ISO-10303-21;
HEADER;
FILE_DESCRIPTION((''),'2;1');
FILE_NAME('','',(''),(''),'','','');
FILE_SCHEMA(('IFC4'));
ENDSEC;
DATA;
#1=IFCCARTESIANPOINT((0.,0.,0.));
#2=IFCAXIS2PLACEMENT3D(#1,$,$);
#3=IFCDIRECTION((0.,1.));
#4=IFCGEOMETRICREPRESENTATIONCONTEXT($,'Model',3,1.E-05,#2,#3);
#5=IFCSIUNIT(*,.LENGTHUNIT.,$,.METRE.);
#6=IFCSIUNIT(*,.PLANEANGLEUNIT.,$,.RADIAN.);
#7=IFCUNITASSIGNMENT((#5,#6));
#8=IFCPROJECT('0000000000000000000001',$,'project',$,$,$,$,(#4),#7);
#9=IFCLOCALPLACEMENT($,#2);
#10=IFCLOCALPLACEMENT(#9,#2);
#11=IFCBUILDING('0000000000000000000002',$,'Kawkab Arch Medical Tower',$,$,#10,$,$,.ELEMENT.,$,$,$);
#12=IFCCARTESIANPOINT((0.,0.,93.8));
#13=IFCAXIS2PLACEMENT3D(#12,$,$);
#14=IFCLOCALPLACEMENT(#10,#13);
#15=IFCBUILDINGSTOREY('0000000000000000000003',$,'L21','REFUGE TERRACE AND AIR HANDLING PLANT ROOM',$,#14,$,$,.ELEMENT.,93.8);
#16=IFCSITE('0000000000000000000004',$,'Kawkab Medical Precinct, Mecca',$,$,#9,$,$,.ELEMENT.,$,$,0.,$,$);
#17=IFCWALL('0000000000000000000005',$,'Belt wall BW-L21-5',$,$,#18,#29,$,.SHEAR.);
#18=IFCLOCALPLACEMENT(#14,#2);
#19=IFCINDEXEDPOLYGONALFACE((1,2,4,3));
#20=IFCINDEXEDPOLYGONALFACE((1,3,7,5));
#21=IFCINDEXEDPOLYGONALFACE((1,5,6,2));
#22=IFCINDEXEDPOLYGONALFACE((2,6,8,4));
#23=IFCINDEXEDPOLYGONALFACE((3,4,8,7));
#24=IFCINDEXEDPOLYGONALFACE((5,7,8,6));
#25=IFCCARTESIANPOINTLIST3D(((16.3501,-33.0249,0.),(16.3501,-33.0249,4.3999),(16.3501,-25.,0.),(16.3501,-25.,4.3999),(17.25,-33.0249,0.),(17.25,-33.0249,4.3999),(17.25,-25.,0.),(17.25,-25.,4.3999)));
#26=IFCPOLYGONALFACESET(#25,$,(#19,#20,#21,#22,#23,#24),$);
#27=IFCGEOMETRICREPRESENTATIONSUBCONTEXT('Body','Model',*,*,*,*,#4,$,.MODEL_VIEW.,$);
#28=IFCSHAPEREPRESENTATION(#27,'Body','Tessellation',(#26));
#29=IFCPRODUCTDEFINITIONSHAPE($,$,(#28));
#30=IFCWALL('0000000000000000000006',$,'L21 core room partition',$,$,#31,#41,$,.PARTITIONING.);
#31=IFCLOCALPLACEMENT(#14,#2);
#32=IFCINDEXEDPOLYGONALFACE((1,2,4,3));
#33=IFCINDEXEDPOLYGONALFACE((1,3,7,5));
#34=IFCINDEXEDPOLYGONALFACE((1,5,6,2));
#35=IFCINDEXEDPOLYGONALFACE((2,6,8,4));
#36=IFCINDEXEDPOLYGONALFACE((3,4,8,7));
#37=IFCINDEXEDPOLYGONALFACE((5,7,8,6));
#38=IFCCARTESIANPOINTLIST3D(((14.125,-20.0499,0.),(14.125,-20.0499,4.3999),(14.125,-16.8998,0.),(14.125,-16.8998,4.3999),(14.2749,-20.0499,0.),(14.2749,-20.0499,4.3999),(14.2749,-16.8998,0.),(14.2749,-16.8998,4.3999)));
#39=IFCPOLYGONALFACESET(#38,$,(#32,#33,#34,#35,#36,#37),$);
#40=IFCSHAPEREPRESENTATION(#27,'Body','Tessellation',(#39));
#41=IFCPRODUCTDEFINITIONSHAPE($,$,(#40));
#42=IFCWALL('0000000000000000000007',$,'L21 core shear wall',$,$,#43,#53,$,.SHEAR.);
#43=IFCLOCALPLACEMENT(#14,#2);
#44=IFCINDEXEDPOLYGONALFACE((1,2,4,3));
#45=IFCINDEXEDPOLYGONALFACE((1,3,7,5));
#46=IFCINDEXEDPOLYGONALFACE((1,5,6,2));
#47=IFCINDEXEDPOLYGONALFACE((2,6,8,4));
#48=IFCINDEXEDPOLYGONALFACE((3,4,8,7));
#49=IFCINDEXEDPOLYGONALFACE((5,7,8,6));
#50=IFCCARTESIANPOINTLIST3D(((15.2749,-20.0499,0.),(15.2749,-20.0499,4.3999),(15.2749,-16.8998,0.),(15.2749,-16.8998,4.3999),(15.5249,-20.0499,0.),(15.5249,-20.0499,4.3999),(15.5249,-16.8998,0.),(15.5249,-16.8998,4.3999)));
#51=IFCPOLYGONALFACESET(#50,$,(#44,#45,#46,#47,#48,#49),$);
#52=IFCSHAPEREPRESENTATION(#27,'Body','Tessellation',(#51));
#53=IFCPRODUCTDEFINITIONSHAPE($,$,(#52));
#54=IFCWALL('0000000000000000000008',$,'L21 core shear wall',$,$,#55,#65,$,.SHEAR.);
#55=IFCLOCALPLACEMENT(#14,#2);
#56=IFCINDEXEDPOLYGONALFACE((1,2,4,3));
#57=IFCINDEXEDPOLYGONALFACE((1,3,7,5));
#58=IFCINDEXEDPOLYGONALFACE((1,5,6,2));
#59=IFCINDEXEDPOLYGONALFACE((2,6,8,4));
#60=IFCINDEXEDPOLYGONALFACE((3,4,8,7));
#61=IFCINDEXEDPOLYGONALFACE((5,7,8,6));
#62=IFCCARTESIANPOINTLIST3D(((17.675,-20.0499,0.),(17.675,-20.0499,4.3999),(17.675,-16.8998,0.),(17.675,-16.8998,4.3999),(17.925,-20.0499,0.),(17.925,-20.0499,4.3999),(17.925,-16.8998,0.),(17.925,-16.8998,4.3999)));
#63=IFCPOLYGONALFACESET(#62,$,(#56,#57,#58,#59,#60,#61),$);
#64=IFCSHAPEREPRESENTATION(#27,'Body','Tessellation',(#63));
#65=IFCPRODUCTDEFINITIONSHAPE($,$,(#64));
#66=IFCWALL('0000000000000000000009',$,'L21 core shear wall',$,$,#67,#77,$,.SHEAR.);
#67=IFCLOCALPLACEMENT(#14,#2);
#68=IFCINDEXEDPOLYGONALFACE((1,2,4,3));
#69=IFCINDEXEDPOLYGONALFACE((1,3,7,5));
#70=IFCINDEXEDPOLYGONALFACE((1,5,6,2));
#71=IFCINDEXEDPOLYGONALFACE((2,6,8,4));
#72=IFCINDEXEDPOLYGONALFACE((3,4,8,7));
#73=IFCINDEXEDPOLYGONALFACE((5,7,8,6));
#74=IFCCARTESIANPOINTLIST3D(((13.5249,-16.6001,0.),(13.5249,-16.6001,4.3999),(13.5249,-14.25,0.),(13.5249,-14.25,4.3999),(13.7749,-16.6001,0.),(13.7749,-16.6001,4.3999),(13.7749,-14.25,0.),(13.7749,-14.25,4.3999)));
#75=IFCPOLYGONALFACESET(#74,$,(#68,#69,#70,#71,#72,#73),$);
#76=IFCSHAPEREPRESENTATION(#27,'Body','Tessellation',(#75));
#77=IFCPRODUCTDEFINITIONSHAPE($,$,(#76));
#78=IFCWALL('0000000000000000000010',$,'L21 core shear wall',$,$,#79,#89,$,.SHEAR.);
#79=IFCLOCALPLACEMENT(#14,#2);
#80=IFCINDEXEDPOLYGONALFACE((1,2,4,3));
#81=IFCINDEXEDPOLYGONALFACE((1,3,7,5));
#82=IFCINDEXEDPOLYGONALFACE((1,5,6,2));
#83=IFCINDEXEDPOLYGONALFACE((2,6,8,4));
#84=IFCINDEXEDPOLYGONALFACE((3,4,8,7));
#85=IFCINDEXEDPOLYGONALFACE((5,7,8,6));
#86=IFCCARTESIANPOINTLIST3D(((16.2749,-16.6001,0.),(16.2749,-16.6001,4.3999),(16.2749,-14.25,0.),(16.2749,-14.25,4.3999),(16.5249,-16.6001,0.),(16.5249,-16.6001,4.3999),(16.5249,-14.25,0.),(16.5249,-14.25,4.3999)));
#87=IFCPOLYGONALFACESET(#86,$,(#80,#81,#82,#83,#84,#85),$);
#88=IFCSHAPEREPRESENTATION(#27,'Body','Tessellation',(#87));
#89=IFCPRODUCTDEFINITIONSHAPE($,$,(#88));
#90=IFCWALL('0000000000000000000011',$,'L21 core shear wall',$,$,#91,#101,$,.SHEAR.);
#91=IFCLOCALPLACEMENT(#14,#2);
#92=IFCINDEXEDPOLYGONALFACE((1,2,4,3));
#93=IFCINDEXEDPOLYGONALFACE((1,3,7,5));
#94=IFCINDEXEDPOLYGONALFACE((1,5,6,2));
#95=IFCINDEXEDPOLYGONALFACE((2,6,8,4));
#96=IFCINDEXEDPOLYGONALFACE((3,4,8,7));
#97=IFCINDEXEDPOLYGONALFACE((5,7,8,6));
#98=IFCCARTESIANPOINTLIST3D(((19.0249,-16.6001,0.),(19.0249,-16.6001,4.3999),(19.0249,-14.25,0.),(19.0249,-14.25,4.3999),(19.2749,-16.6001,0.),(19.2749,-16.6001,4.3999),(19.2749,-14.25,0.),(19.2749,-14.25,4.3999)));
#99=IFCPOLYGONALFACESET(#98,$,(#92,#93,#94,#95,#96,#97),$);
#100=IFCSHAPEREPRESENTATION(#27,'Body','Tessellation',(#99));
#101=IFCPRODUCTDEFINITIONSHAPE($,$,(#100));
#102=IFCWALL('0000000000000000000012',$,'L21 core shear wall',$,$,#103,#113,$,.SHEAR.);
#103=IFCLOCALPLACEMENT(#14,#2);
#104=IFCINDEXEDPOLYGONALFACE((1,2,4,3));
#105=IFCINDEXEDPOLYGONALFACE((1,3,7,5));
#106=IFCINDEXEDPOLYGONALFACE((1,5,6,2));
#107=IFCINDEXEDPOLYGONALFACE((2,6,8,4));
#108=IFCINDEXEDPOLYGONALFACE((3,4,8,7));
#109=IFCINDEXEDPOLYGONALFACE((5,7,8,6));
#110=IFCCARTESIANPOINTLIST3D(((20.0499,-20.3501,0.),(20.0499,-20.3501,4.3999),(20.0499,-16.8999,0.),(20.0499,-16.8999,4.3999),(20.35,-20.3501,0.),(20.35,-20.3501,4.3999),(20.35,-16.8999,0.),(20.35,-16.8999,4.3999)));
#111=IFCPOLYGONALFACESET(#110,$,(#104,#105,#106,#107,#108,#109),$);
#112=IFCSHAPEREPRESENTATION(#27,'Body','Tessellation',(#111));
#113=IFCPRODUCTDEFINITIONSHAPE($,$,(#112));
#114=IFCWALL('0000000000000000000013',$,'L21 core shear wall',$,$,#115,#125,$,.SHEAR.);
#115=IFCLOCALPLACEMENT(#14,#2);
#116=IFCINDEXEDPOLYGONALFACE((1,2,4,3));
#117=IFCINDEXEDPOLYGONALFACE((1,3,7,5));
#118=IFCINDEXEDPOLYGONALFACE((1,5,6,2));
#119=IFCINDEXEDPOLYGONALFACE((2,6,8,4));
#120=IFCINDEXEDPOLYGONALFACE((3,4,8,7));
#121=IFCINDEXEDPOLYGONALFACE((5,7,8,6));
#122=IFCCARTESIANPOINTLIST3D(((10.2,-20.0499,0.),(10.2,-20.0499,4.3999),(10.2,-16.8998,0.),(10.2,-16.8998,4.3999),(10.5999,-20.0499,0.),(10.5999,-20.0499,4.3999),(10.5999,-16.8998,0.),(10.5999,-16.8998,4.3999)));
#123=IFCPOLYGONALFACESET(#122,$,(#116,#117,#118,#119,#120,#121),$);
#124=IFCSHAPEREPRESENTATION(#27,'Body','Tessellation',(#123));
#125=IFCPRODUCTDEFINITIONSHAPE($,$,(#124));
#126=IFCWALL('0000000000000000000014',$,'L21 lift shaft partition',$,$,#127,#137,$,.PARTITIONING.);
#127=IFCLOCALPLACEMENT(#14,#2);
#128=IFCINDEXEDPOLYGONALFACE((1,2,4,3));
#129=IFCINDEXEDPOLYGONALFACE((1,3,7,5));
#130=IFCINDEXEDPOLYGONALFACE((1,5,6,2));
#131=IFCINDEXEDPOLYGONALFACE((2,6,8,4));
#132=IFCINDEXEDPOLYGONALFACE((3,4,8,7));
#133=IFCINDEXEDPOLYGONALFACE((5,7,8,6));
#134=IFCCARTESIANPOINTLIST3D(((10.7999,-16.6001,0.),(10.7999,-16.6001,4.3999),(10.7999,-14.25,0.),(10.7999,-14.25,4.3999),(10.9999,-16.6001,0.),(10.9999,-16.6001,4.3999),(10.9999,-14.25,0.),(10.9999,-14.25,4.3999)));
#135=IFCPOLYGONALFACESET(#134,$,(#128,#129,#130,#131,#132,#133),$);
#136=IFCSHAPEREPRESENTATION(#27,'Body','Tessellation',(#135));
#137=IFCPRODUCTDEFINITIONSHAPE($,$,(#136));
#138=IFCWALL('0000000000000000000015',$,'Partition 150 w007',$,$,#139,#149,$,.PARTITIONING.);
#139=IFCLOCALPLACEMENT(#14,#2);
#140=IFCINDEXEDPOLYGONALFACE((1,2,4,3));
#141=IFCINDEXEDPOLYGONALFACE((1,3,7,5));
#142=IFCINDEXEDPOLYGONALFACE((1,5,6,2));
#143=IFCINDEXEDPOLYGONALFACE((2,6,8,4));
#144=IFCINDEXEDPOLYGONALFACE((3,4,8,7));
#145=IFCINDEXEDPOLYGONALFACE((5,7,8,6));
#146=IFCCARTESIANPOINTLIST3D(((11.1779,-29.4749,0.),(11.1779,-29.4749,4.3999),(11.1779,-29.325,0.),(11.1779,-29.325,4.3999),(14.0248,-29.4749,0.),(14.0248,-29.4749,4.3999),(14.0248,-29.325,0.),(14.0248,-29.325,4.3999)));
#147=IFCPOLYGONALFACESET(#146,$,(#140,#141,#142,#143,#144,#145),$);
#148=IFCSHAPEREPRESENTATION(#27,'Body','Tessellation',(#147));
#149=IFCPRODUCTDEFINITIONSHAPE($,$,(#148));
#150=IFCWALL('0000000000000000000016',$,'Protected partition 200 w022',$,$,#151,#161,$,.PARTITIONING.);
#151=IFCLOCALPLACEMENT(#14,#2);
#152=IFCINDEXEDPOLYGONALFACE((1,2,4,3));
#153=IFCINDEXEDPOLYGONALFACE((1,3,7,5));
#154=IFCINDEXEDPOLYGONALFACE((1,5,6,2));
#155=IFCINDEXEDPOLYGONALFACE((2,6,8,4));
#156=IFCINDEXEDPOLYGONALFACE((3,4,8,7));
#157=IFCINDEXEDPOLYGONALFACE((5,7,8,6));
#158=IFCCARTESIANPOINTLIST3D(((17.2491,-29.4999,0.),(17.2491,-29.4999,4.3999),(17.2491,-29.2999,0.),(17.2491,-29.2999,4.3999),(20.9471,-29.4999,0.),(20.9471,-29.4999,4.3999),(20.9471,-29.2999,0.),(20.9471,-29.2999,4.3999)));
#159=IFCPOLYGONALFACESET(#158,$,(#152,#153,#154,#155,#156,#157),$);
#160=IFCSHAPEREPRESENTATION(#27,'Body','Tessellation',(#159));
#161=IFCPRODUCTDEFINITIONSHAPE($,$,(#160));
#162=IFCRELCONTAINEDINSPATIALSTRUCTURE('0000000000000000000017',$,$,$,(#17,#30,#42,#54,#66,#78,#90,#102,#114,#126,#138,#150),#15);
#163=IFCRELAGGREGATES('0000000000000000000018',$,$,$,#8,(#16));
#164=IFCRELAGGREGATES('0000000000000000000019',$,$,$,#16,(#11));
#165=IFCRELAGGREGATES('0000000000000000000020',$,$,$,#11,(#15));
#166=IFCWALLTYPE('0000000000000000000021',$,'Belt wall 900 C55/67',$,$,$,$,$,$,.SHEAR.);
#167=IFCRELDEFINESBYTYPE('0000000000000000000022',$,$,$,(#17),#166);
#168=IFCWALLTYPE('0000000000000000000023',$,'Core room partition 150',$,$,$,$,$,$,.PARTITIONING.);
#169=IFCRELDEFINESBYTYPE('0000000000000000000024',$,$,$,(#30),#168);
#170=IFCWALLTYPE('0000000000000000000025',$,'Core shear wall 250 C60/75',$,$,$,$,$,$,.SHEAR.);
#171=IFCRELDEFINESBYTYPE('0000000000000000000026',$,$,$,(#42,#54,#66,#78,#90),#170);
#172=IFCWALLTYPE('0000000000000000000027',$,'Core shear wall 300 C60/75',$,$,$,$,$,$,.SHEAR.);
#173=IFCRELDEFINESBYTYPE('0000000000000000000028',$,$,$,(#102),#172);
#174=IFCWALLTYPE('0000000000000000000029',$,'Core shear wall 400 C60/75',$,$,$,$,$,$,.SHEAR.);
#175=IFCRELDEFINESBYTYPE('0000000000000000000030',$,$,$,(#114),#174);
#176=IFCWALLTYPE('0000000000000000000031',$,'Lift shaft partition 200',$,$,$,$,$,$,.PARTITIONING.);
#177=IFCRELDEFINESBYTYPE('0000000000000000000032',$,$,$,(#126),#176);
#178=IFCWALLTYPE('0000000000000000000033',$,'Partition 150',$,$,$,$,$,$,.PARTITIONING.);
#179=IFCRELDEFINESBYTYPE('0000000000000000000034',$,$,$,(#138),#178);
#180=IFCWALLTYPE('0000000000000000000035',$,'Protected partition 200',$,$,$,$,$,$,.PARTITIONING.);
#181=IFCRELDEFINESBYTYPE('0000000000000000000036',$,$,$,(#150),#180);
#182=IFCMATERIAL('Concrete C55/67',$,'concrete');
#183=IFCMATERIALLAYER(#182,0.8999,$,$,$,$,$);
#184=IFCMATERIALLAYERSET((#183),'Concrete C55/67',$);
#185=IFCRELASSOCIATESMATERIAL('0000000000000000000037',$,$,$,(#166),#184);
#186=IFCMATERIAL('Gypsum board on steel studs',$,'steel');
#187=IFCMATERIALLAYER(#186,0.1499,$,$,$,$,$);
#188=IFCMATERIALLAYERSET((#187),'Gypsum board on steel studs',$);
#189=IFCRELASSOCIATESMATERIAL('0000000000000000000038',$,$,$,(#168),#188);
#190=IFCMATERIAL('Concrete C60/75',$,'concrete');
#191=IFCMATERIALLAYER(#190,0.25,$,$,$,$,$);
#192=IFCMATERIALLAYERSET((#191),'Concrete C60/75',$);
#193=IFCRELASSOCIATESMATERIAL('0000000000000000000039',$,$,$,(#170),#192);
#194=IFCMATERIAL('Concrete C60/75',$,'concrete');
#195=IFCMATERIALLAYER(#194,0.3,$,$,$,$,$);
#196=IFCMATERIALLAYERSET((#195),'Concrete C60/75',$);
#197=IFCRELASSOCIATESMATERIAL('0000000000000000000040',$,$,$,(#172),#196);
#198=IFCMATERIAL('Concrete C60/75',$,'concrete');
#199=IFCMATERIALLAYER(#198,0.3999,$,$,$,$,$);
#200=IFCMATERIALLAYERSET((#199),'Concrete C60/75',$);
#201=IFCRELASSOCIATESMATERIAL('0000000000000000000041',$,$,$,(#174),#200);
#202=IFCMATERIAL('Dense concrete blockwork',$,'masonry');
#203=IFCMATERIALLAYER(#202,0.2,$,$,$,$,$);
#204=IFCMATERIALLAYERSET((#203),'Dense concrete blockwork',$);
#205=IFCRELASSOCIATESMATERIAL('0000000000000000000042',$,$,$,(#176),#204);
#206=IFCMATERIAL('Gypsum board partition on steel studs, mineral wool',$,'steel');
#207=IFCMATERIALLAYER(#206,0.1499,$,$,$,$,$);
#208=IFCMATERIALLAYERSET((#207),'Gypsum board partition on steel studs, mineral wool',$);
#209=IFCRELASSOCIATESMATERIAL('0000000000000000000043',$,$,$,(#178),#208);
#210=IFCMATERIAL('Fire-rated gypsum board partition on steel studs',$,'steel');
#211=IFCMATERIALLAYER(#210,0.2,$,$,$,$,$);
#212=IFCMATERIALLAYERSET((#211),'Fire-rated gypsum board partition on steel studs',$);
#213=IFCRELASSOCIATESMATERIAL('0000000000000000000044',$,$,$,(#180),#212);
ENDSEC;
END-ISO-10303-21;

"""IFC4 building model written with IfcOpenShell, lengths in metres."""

from ifc_helpers import new_model, si_unit, direction, frame, frame_2d, origin, place, context, subcontext, project, spatial, rectangle, extrude, material, layer, layer_set, type_object, element, save


model = new_model("IFC4")

# Units and contexts
model_context = context("Model", 3, precision=1e-05, world=origin(), true_north=direction((0.0, 1.0)))
body_context = subcontext(model_context, "Body", "Model", "MODEL_VIEW")
ifc_project = project(units=[si_unit("LENGTHUNIT", "METRE"), si_unit("PLANEANGLEUNIT", "RADIAN")], contexts=[model_context])

# Site, building, storey
site_placement = place(None, origin())
site = spatial("IfcSite", under=ifc_project, at=site_placement, Name="Kawkab Medical Precinct, Mecca", CompositionType="ELEMENT", RefElevation=0.0)
building_placement = place(site_placement, origin())
building = spatial("IfcBuilding", under=site, at=building_placement, Name="Kawkab Arch Medical Tower", CompositionType="ELEMENT")
storey_placement = place(building_placement, frame((0.0, 0.0, 93.8)))
storey = spatial("IfcBuildingStorey", under=building, at=storey_placement, Name="L21", Description="REFUGE TERRACE AND AIR HANDLING PLANT ROOM", CompositionType="ELEMENT", Elevation=93.8)

# Walls
ifc_material_1 = material(Name="Concrete C55/67", Category="concrete")
ifc_layer_1 = layer(ifc_material_1, 0.8999)
ifc_layer_set_1 = layer_set([ifc_layer_1], Name="Concrete C55/67")
wall_type_1 = type_object("IfcWallType", Name="Belt wall 900 C55/67", PredefinedType="SHEAR", material=ifc_layer_set_1)
wall_1_placement = place(storey_placement, frame((16.8, -25.0, 0.0), z_axis=(0.0, 0.0, 1.0), x_axis=(0.0, -1.0, 0.0)))
element("IfcWall", 1, at=wall_1_placement, inside=storey, type_object=wall_type_1, Name="Belt wall BW-L21-5", PredefinedType="SHEAR", context=body_context, shape_type="SweptSolid", body=[
    extrude(rectangle(XDim=8.0249, YDim=0.8999, at=frame_2d((4.0125, 0.0))), origin(), (0.0, 0.0, 1.0), 4.3999),
])
ifc_material_2 = material(Name="Gypsum board on steel studs", Category="steel")
ifc_layer_2 = layer(ifc_material_2, 0.1499)
ifc_layer_set_2 = layer_set([ifc_layer_2], Name="Gypsum board on steel studs")
wall_type_2 = type_object("IfcWallType", Name="Core room partition 150", PredefinedType="PARTITIONING", material=ifc_layer_set_2)
wall_2_placement = place(storey_placement, frame((14.2, -20.05, 0.0), z_axis=(0.0, 0.0, 1.0), x_axis=(0.0, 1.0, 0.0)))
element("IfcWall", 2, at=wall_2_placement, inside=storey, type_object=wall_type_2, Name="L21 core room partition", PredefinedType="PARTITIONING", context=body_context, shape_type="SweptSolid", body=[
    extrude(rectangle(XDim=3.1501, YDim=0.1499, at=frame_2d((1.5752, 0.0))), origin(), (0.0, 0.0, 1.0), 4.3999),
])
ifc_material_3 = material(Name="Concrete C60/75", Category="concrete")
ifc_layer_3 = layer(ifc_material_3, 0.25)
ifc_layer_set_3 = layer_set([ifc_layer_3], Name="Concrete C60/75")
wall_type_3 = type_object("IfcWallType", Name="Core shear wall 250 C60/75", PredefinedType="SHEAR", material=ifc_layer_set_3)
for number, where, z_axis, x_axis, name in (
    (3, (15.3999, -20.05, 0.0), (0.0, 0.0, 1.0), (0.0, 1.0, 0.0), "L21 core shear wall"),
    (4, (17.8, -20.05, 0.0), (0.0, 0.0, 1.0), (0.0, 1.0, 0.0), "L21 core shear wall"),
):
    element("IfcWall", number, at=place(storey_placement, frame(where, z_axis=z_axis, x_axis=x_axis)), inside=storey, type_object=wall_type_3, Name=name, PredefinedType="SHEAR", context=body_context, shape_type="SweptSolid", body=[
        extrude(rectangle(XDim=3.1501, YDim=0.25, at=frame_2d((1.5752, 0.0))), origin(), (0.0, 0.0, 1.0), 4.3999),
    ])
for number, where, z_axis, x_axis, name in (
    (5, (13.6499, -16.6001, 0.0), (0.0, 0.0, 1.0), (0.0, 1.0, 0.0), "L21 core shear wall"),
    (6, (16.3999, -16.6001, 0.0), (0.0, 0.0, 1.0), (0.0, 1.0, 0.0), "L21 core shear wall"),
    (7, (19.1499, -16.6001, 0.0), (0.0, 0.0, 1.0), (0.0, 1.0, 0.0), "L21 core shear wall"),
):
    element("IfcWall", number, at=place(storey_placement, frame(where, z_axis=z_axis, x_axis=x_axis)), inside=storey, type_object=wall_type_3, Name=name, PredefinedType="SHEAR", context=body_context, shape_type="SweptSolid", body=[
        extrude(rectangle(XDim=2.3501, YDim=0.25, at=frame_2d((1.175, 0.0))), origin(), (0.0, 0.0, 1.0), 4.3999),
    ])
ifc_material_4 = material(Name="Concrete C60/75", Category="concrete")
ifc_layer_4 = layer(ifc_material_4, 0.3)
ifc_layer_set_4 = layer_set([ifc_layer_4], Name="Concrete C60/75")
wall_type_4 = type_object("IfcWallType", Name="Core shear wall 300 C60/75", PredefinedType="SHEAR", material=ifc_layer_set_4)
wall_3_placement = place(storey_placement, frame((20.2, -20.3501, 0.0), z_axis=(0.0, 0.0, 1.0), x_axis=(0.0, 1.0, 0.0)))
element("IfcWall", 8, at=wall_3_placement, inside=storey, type_object=wall_type_4, Name="L21 core shear wall", PredefinedType="SHEAR", context=body_context, shape_type="SweptSolid", body=[
    extrude(rectangle(XDim=3.4502, YDim=0.3, at=frame_2d((1.7251, 0.0))), origin(), (0.0, 0.0, 1.0), 4.3999),
])
ifc_material_5 = material(Name="Concrete C60/75", Category="concrete")
ifc_layer_5 = layer(ifc_material_5, 0.3999)
ifc_layer_set_5 = layer_set([ifc_layer_5], Name="Concrete C60/75")
wall_type_5 = type_object("IfcWallType", Name="Core shear wall 400 C60/75", PredefinedType="SHEAR", material=ifc_layer_set_5)
wall_4_placement = place(storey_placement, frame((10.3999, -20.05, 0.0), z_axis=(0.0, 0.0, 1.0), x_axis=(0.0, 1.0, 0.0)))
element("IfcWall", 9, at=wall_4_placement, inside=storey, type_object=wall_type_5, Name="L21 core shear wall", PredefinedType="SHEAR", context=body_context, shape_type="SweptSolid", body=[
    extrude(rectangle(XDim=3.1501, YDim=0.3999, at=frame_2d((1.5752, 0.0))), origin(), (0.0, 0.0, 1.0), 4.3999),
])
ifc_material_6 = material(Name="Dense concrete blockwork", Category="masonry")
ifc_layer_6 = layer(ifc_material_6, 0.2)
ifc_layer_set_6 = layer_set([ifc_layer_6], Name="Dense concrete blockwork")
wall_type_6 = type_object("IfcWallType", Name="Lift shaft partition 200", PredefinedType="PARTITIONING", material=ifc_layer_set_6)
wall_5_placement = place(storey_placement, frame((10.8999, -16.6001, 0.0), z_axis=(0.0, 0.0, 1.0), x_axis=(0.0, 1.0, 0.0)))
element("IfcWall", 10, at=wall_5_placement, inside=storey, type_object=wall_type_6, Name="L21 lift shaft partition", PredefinedType="PARTITIONING", context=body_context, shape_type="SweptSolid", body=[
    extrude(rectangle(XDim=2.3501, YDim=0.2, at=frame_2d((1.175, 0.0))), origin(), (0.0, 0.0, 1.0), 4.3999),
])
ifc_material_7 = material(Name="Gypsum board partition on steel studs, mineral wool", Category="steel")
ifc_layer_7 = layer(ifc_material_7, 0.1499)
ifc_layer_set_7 = layer_set([ifc_layer_7], Name="Gypsum board partition on steel studs, mineral wool")
wall_type_7 = type_object("IfcWallType", Name="Partition 150", PredefinedType="PARTITIONING", material=ifc_layer_set_7)
wall_6_placement = place(storey_placement, frame((11.178, -29.3999, 0.0), z_axis=(0.0, 0.0, 1.0), x_axis=(1.0, 0.0, 0.0)))
element("IfcWall", 11, at=wall_6_placement, inside=storey, type_object=wall_type_7, Name="Partition 150 w007", PredefinedType="PARTITIONING", context=body_context, shape_type="SweptSolid", body=[
    extrude(rectangle(XDim=2.8469, YDim=0.1499, at=frame_2d((1.4233, 0.0))), origin(), (0.0, 0.0, 1.0), 4.3999),
])
ifc_material_8 = material(Name="Fire-rated gypsum board partition on steel studs", Category="steel")
ifc_layer_8 = layer(ifc_material_8, 0.2)
ifc_layer_set_8 = layer_set([ifc_layer_8], Name="Fire-rated gypsum board partition on steel studs")
wall_type_8 = type_object("IfcWallType", Name="Protected partition 200", PredefinedType="PARTITIONING", material=ifc_layer_set_8)
wall_7_placement = place(storey_placement, frame((17.249, -29.3999, 0.0), z_axis=(0.0, 0.0, 1.0), x_axis=(1.0, 0.0, 0.0)))
element("IfcWall", 12, at=wall_7_placement, inside=storey, type_object=wall_type_8, Name="Protected partition 200 w022", PredefinedType="PARTITIONING", context=body_context, shape_type="SweptSolid", body=[
    extrude(rectangle(XDim=3.698, YDim=0.2, at=frame_2d((1.8491, 0.0))), origin(), (0.0, 0.0, 1.0), 4.3999),
])

save(model, "model.ifc")
